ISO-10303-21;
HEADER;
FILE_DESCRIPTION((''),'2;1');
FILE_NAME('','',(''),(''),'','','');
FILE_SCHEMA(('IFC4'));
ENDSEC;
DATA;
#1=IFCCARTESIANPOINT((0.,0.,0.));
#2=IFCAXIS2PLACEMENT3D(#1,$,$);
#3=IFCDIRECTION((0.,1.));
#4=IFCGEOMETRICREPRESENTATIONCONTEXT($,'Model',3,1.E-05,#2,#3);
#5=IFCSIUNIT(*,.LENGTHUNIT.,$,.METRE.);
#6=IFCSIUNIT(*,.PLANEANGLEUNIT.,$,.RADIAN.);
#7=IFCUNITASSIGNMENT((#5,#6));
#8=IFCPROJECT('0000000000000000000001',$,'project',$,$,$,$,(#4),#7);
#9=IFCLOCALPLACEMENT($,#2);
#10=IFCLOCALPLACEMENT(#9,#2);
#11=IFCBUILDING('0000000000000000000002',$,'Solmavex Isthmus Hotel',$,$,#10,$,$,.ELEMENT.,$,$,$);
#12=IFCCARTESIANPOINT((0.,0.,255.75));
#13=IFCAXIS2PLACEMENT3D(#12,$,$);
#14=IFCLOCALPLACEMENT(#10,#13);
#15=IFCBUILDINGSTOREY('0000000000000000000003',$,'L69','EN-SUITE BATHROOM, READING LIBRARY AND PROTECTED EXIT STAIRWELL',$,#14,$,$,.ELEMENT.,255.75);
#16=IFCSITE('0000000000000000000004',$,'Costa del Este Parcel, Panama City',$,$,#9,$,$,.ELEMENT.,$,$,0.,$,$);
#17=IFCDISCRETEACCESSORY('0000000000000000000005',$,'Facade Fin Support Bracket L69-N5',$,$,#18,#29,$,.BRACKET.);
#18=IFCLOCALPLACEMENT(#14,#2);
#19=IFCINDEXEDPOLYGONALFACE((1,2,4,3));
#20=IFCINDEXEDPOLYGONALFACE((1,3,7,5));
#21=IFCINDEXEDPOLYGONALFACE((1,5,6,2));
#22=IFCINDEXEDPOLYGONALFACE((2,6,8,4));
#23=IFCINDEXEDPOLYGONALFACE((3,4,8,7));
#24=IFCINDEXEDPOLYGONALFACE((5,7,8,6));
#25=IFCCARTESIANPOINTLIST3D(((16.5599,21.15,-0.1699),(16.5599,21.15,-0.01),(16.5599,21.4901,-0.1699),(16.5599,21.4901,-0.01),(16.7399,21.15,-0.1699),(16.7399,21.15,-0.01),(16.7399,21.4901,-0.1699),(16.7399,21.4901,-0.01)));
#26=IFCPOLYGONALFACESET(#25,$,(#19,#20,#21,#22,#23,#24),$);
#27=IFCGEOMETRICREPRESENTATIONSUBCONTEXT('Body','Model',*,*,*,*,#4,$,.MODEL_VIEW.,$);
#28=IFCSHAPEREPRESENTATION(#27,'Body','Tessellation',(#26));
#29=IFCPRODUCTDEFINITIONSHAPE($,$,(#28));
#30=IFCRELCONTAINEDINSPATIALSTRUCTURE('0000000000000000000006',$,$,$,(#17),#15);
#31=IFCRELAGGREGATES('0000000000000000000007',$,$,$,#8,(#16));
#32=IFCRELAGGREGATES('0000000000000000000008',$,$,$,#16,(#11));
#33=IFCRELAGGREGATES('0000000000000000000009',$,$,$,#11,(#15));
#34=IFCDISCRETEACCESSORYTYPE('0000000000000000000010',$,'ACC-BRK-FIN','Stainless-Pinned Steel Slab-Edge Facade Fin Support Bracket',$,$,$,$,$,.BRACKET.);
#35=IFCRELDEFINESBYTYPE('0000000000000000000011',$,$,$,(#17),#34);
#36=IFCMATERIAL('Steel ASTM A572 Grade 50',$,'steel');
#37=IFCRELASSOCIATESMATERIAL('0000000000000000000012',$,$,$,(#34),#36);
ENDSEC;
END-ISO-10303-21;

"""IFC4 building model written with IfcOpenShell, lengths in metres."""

from ifc_helpers import new_model, si_unit, direction, frame, origin, origin_2d, place, context, subcontext, project, spatial, rectangle, extrude, material, type_object, element, save


model = new_model("IFC4")

# Units and contexts
model_context = context("Model", 3, precision=1e-05, world=origin(), true_north=direction((0.0, 1.0)))
body_context = subcontext(model_context, "Body", "Model", "MODEL_VIEW")
ifc_project = project(units=[si_unit("LENGTHUNIT", "METRE"), si_unit("PLANEANGLEUNIT", "RADIAN")], contexts=[model_context])

# Site, building, storey
site_placement = place(None, origin())
site = spatial("IfcSite", under=ifc_project, at=site_placement, Name="Costa del Este Parcel, Panama City", CompositionType="ELEMENT", RefElevation=0.0)
building_placement = place(site_placement, origin())
building = spatial("IfcBuilding", under=site, at=building_placement, Name="Solmavex Isthmus Hotel", CompositionType="ELEMENT")
storey_placement = place(building_placement, frame((0.0, 0.0, 255.75)))
storey = spatial("IfcBuildingStorey", under=building, at=storey_placement, Name="L69", Description="EN-SUITE BATHROOM, READING LIBRARY AND PROTECTED EXIT STAIRWELL", CompositionType="ELEMENT", Elevation=255.75)

# Discrete accessory
ifc_material_1 = material(Name="Steel ASTM A572 Grade 50", Category="steel")
discrete_accessory_type = type_object("IfcDiscreteAccessoryType", Name="ACC-BRK-FIN", Description="Stainless-Pinned Steel Slab-Edge Facade Fin Support Bracket", PredefinedType="BRACKET", material=ifc_material_1)
discrete_accessory_placement = place(storey_placement, frame((16.6499, 21.3201, -0.1699), z_axis=(0.0, 0.0, 1.0), x_axis=(0.0, 1.0, 0.0)))
element("IfcDiscreteAccessory", 1, at=discrete_accessory_placement, inside=storey, type_object=discrete_accessory_type, Name="Facade Fin Support Bracket L69-N5", PredefinedType="BRACKET", context=body_context, shape_type="SweptSolid", body=[
    extrude(rectangle(XDim=0.3401, YDim=0.1799, at=origin_2d()), origin(), (0.0, 0.0, 1.0), 0.1599),
])

save(model, "model.ifc")
